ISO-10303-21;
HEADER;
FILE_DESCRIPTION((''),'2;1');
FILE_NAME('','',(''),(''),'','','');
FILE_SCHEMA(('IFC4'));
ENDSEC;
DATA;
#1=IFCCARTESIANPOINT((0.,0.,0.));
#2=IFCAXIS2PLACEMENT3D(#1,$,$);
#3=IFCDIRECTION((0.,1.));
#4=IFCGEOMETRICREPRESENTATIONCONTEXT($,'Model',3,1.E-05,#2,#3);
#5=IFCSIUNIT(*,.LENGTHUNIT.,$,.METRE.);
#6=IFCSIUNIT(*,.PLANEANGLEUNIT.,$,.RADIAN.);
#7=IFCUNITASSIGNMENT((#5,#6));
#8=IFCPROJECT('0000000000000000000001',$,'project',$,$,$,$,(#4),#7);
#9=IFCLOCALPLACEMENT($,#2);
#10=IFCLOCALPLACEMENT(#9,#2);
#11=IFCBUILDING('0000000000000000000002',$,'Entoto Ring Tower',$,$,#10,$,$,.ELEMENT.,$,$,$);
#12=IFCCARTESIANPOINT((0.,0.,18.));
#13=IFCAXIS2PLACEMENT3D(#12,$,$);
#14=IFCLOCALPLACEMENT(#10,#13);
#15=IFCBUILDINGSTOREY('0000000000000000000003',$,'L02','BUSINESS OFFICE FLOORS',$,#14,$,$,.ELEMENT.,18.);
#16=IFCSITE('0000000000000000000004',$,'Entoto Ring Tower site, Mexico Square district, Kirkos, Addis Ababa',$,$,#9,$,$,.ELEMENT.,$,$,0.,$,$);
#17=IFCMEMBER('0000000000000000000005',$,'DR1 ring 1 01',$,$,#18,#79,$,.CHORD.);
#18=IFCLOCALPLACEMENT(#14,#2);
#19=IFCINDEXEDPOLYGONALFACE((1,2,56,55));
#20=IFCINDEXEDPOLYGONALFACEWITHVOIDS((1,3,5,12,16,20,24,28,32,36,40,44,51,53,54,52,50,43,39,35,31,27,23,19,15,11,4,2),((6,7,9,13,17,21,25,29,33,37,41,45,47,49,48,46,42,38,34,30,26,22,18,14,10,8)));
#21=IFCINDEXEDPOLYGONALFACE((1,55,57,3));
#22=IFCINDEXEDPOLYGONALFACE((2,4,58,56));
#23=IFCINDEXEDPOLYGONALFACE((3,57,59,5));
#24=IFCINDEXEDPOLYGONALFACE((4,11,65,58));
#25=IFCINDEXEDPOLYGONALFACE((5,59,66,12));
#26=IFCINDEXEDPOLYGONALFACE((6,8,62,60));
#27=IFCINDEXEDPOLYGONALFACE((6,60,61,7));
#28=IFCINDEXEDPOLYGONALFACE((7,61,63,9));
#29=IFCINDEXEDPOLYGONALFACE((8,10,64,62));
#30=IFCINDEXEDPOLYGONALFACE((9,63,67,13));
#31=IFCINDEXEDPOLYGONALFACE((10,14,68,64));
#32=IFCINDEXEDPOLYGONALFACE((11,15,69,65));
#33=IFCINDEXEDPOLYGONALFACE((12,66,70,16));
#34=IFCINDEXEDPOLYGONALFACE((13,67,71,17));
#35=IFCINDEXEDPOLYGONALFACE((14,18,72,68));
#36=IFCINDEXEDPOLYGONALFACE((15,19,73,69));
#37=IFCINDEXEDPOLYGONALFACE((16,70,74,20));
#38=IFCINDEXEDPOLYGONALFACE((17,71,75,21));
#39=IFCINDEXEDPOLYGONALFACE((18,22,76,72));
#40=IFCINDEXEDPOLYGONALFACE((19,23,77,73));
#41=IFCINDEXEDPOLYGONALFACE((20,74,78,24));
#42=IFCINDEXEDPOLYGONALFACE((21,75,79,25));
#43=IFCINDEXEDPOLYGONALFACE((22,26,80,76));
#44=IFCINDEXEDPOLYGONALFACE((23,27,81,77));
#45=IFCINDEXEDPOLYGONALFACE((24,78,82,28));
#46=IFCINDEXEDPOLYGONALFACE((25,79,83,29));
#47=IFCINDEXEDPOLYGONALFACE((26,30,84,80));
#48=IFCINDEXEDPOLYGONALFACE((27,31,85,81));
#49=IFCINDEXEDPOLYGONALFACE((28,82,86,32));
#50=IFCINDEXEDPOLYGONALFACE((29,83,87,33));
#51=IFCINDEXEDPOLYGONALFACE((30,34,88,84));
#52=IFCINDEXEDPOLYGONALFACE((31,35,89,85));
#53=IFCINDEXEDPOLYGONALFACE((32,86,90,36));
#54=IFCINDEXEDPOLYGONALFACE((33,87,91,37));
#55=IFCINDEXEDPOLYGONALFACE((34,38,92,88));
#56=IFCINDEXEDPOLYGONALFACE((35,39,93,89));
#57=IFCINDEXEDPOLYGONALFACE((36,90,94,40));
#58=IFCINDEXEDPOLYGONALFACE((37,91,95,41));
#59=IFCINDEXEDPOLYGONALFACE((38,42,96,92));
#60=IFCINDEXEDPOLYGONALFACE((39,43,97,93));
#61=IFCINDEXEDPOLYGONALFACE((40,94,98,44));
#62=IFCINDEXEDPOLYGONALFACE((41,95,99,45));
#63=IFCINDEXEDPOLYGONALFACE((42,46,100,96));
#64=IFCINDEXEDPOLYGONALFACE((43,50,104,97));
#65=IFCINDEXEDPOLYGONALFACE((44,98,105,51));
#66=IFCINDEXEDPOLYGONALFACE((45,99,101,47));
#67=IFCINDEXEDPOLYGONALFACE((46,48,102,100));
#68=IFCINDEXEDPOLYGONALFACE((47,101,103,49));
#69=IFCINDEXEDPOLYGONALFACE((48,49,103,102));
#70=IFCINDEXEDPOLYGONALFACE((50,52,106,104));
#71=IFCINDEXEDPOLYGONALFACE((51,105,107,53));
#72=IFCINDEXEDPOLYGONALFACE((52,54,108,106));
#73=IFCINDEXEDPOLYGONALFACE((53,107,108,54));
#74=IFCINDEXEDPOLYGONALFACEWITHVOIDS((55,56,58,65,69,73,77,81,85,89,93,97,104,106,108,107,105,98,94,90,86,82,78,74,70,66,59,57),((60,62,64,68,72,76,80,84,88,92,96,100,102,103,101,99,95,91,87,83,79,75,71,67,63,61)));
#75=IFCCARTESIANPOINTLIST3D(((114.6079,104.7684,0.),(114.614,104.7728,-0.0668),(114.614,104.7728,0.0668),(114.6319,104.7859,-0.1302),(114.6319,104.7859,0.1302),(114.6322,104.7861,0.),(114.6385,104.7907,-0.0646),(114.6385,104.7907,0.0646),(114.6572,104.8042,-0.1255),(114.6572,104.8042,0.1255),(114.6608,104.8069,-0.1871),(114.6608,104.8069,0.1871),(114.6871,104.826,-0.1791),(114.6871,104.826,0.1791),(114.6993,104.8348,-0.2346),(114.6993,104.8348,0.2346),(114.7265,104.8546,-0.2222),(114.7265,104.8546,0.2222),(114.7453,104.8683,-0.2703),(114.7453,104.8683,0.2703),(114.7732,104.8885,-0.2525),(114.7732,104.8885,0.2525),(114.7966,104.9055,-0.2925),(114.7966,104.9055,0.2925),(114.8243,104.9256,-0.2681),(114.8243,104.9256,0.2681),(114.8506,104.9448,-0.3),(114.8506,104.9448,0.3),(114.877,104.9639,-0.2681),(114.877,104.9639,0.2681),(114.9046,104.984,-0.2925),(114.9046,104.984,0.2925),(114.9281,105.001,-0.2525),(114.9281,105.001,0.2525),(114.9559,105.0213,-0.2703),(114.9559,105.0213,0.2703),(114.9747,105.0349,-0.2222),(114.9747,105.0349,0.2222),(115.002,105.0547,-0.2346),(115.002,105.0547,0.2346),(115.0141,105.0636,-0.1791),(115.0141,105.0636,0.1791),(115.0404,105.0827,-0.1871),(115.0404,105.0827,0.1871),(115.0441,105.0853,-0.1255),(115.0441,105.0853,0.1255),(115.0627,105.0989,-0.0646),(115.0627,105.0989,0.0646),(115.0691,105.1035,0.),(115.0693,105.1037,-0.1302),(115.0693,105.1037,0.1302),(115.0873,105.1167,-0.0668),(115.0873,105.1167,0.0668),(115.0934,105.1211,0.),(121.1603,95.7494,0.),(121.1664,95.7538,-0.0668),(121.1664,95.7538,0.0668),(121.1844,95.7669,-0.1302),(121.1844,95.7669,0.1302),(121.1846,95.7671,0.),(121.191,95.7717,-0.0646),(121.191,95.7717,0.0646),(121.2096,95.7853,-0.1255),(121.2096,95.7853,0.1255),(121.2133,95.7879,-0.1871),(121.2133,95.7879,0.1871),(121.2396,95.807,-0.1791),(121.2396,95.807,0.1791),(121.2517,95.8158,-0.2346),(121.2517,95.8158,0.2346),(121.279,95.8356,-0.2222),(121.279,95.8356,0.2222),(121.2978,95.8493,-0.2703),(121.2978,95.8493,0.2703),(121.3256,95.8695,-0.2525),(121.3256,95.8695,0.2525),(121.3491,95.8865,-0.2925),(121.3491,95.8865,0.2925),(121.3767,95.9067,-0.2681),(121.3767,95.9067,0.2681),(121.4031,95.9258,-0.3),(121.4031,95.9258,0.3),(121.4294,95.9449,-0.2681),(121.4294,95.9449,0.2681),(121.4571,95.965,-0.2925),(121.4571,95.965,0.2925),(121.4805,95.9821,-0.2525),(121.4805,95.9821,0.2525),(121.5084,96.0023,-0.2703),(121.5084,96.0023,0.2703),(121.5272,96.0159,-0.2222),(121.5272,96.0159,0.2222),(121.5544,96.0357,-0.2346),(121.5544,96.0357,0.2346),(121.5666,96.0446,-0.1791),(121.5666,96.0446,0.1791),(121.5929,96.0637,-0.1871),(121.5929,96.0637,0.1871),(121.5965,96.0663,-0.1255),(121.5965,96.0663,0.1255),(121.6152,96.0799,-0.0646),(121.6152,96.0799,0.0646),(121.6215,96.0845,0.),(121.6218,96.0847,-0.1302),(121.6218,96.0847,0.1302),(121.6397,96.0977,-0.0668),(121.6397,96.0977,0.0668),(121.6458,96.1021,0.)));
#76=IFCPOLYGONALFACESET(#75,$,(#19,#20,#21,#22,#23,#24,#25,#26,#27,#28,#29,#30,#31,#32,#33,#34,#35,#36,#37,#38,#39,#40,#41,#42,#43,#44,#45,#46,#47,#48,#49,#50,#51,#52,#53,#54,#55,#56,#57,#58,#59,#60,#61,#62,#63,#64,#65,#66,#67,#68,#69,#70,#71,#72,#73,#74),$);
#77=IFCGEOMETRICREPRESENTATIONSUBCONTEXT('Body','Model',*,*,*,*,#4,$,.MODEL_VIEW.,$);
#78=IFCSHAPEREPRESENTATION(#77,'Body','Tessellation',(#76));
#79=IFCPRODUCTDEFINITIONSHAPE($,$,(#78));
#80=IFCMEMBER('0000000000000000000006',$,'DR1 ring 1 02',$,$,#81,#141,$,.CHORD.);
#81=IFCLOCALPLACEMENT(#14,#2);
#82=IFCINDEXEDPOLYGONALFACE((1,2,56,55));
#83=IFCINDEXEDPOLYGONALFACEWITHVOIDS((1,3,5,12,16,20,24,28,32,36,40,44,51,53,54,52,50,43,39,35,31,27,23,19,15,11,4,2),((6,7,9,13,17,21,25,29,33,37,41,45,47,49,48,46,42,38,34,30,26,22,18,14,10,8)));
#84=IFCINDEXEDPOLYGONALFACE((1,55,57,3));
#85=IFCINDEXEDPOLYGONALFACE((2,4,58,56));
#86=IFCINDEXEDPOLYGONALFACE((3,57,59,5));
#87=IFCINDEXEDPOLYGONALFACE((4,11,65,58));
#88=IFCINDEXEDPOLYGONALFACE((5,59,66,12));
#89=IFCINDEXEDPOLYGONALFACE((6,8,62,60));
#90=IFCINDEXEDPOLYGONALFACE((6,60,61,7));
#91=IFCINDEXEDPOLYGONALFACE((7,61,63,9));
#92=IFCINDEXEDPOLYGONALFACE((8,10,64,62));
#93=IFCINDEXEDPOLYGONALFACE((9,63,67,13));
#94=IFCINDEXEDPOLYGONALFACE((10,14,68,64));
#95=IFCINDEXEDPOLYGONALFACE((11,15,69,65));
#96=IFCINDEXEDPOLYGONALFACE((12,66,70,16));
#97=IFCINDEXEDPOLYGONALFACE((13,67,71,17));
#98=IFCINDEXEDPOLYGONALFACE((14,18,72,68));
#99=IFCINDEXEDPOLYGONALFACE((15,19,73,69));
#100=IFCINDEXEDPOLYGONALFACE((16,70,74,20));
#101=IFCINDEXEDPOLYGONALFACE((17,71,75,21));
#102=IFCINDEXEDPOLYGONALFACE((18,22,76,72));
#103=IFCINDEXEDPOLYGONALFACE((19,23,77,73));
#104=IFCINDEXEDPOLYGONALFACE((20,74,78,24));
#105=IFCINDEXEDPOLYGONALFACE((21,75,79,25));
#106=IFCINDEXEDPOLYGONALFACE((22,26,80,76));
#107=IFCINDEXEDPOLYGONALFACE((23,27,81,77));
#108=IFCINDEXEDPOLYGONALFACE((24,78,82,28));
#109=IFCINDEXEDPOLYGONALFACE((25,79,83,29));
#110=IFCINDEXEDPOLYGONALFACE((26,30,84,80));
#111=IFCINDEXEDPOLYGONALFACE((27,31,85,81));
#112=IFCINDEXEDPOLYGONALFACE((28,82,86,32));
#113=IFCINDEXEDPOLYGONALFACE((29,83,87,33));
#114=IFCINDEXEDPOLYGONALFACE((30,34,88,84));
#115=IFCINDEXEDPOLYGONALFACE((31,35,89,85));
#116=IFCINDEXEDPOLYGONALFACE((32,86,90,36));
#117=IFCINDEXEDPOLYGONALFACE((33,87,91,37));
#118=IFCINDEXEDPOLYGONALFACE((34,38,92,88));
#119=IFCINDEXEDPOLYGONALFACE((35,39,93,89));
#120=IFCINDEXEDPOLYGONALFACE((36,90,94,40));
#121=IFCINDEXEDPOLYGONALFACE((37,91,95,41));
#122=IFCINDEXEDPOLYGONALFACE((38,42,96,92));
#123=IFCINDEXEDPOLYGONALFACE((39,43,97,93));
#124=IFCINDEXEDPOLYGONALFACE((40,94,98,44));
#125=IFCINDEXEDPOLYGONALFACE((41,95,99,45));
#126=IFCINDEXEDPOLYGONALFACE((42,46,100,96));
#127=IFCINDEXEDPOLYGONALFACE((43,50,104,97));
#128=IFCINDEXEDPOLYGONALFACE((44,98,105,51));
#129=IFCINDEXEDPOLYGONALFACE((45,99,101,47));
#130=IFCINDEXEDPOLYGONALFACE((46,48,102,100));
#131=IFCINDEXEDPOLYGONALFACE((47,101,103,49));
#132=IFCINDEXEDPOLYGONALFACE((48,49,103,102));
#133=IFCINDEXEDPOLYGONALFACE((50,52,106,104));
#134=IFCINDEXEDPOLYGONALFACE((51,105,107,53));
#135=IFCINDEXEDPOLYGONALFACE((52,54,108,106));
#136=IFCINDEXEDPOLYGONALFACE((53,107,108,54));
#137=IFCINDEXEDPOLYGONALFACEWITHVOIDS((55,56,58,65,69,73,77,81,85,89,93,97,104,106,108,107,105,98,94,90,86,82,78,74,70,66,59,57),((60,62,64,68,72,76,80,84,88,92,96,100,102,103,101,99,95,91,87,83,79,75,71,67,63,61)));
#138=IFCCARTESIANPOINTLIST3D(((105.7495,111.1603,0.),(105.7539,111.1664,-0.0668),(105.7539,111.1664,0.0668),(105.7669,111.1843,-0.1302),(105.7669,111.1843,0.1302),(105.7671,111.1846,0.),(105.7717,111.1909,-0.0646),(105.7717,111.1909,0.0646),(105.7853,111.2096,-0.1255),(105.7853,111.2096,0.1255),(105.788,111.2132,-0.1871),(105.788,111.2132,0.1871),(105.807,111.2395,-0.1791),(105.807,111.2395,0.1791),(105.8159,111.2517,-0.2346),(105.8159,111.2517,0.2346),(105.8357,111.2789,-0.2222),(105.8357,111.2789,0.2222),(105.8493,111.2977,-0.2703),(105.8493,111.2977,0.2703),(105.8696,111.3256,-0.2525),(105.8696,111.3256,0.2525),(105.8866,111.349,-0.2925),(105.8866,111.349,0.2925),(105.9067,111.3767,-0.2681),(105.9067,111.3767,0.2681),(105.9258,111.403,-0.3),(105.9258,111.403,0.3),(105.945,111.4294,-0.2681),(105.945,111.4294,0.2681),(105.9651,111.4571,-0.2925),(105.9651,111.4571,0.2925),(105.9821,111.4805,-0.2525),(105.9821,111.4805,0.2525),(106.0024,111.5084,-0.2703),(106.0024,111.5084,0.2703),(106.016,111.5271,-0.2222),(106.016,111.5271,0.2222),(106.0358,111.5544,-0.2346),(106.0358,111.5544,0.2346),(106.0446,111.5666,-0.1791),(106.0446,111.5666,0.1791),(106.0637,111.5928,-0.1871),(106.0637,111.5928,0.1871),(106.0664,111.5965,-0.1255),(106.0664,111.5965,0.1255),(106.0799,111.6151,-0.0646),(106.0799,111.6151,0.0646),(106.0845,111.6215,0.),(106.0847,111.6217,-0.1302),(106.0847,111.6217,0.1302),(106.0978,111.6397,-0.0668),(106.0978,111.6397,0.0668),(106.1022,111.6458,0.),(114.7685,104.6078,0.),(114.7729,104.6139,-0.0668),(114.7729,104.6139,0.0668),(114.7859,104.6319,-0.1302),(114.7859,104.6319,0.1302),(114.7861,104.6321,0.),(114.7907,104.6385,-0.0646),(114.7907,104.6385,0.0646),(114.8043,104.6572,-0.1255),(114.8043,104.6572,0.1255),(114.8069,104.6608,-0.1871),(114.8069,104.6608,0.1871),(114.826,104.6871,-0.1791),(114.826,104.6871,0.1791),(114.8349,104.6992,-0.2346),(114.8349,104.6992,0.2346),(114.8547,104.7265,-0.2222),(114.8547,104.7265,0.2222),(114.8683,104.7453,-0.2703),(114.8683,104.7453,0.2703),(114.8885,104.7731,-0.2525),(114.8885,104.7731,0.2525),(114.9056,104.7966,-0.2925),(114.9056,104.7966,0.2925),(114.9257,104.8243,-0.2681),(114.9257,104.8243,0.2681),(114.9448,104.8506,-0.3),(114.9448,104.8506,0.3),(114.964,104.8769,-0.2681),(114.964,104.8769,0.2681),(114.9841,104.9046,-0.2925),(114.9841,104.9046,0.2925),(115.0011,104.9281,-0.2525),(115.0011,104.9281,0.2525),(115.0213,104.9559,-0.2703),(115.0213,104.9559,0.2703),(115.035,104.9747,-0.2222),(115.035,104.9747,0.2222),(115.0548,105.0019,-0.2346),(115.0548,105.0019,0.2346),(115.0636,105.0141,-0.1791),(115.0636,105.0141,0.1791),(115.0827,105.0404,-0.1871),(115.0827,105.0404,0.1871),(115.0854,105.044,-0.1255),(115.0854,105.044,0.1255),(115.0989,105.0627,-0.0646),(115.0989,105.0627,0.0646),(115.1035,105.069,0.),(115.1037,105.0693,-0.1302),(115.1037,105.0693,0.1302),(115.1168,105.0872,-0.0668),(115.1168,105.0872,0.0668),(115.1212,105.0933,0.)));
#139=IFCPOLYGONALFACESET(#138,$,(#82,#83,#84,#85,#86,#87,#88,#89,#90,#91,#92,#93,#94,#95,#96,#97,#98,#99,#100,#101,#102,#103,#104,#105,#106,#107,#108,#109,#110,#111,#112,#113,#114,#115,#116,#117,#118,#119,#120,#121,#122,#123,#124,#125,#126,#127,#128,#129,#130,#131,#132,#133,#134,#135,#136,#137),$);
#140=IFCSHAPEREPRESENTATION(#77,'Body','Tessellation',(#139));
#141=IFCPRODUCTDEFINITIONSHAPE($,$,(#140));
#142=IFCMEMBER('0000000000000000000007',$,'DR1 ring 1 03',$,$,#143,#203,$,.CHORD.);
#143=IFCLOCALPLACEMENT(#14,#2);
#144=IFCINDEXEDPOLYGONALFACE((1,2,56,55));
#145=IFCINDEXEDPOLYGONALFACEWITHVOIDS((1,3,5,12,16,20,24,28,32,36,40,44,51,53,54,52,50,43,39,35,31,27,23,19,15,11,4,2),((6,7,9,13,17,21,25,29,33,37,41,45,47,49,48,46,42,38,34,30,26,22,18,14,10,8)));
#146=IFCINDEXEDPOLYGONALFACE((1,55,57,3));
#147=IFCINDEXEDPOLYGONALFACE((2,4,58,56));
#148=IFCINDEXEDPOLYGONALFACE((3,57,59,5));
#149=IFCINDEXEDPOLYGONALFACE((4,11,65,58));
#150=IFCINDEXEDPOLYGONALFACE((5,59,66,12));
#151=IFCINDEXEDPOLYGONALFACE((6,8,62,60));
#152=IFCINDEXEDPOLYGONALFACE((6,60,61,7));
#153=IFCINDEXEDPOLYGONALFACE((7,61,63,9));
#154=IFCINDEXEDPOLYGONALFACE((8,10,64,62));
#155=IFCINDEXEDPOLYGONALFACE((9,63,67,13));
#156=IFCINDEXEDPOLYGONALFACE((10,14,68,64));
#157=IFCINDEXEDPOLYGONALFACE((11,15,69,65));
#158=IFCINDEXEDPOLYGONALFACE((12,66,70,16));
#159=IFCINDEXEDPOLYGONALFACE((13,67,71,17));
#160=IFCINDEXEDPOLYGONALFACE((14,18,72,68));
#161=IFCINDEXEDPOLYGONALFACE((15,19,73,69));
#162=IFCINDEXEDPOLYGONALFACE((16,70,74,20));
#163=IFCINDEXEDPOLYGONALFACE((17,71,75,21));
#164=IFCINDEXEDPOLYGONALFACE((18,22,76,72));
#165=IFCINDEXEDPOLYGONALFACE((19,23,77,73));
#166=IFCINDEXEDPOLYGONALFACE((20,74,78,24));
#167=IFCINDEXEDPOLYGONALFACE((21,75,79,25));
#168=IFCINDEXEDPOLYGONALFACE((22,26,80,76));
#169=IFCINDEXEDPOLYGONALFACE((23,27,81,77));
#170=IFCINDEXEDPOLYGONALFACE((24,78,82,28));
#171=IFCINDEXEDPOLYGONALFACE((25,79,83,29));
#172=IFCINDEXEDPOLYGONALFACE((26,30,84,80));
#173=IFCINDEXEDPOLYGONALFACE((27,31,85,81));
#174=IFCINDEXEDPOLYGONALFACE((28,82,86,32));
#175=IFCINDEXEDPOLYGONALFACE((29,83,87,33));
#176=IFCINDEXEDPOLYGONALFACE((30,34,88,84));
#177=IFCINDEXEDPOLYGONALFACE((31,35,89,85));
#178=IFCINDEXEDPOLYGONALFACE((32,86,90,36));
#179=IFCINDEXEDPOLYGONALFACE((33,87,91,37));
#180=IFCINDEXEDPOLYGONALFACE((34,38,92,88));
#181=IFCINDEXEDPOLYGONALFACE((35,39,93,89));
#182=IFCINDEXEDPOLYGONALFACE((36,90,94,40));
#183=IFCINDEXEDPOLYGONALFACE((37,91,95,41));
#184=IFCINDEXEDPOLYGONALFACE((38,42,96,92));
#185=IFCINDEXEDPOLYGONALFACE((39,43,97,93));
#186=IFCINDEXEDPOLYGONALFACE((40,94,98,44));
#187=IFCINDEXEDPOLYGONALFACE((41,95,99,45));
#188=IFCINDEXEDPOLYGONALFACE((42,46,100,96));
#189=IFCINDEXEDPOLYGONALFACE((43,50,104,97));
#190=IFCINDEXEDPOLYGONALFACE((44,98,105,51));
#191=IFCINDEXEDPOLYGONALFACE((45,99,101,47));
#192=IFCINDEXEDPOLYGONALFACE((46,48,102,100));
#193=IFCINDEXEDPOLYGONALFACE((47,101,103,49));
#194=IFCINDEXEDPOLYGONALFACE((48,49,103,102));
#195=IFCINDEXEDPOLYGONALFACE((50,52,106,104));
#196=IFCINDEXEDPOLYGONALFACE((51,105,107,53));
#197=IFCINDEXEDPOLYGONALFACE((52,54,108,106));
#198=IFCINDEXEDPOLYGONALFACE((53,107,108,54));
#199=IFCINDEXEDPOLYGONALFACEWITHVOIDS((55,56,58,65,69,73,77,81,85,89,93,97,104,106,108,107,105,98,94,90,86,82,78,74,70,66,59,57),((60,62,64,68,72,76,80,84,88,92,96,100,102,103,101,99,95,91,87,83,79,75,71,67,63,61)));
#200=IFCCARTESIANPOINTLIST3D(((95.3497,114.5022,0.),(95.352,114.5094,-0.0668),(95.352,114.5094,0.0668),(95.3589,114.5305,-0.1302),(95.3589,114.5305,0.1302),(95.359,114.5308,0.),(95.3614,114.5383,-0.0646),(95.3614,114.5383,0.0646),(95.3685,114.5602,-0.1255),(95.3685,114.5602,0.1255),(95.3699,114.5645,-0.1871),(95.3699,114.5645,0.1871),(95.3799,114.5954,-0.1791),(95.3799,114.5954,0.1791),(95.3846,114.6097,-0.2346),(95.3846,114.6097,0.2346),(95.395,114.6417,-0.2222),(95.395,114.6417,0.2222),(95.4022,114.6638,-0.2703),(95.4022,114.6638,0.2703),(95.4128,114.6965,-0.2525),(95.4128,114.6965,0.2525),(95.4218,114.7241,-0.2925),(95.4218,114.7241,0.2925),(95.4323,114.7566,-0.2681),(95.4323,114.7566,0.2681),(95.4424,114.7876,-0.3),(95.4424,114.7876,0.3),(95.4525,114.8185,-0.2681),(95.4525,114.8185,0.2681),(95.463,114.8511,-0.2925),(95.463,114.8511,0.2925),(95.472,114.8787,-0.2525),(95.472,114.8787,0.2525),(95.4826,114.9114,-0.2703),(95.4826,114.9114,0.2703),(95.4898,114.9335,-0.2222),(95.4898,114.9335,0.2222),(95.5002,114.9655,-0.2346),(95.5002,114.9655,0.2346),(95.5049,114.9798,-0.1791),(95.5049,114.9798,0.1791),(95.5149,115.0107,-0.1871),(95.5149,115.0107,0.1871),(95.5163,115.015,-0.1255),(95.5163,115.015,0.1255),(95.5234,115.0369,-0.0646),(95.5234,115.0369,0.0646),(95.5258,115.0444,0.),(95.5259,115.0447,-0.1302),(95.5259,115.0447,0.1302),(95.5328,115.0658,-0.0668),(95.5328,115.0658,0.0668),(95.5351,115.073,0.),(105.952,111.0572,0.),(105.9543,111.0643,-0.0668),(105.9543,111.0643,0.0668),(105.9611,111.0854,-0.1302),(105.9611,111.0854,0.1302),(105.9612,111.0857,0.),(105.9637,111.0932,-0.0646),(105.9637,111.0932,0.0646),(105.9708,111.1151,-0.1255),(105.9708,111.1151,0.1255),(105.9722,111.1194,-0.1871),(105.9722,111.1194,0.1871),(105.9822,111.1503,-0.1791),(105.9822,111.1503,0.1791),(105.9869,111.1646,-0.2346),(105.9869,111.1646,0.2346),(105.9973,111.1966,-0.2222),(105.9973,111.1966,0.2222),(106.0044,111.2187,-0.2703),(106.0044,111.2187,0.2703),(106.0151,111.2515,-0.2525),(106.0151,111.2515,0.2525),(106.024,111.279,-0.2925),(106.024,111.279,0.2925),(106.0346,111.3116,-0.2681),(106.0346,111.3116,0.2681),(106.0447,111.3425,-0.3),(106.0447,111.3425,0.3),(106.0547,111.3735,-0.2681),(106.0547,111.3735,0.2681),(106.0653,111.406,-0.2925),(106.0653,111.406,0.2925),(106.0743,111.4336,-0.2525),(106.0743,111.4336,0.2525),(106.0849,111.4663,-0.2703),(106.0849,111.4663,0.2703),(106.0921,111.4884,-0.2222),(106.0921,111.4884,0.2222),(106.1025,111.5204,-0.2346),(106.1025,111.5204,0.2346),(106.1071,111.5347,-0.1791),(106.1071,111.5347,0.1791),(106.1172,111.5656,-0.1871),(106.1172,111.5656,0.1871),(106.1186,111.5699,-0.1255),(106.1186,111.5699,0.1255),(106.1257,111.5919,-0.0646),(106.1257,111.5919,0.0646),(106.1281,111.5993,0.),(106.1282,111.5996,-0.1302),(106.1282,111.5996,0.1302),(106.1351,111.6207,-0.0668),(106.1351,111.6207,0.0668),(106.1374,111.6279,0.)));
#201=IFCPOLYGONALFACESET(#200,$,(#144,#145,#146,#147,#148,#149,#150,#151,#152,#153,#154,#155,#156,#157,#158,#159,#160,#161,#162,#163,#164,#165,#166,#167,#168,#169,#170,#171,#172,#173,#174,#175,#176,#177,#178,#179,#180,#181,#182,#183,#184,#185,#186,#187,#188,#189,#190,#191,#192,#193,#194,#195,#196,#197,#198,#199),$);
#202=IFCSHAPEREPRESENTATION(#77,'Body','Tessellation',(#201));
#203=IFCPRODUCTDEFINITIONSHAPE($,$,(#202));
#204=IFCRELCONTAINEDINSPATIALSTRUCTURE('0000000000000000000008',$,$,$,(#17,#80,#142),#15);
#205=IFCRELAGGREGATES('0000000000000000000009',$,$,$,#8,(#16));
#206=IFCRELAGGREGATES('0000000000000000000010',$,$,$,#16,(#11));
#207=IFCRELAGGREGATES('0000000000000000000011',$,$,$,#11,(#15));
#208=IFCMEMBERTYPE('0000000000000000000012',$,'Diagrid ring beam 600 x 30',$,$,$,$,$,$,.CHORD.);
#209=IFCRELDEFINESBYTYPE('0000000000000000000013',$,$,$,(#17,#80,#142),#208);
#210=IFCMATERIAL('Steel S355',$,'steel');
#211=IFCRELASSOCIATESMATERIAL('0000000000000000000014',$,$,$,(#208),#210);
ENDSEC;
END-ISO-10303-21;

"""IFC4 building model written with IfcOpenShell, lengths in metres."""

from ifc_helpers import new_model, si_unit, direction, frame, origin, origin_2d, place, context, subcontext, project, spatial, circle, hollow_circle, extrude, material, material_profile, profile_set, type_object, element, save


model = new_model("IFC4")

# Units and contexts
model_context = context("Model", 3, precision=1e-05, world=origin(), true_north=direction((0.0, 1.0)))
body_context = subcontext(model_context, "Body", "Model", "MODEL_VIEW")
ifc_project = project(units=[si_unit("LENGTHUNIT", "METRE"), si_unit("PLANEANGLEUNIT", "RADIAN")], contexts=[model_context])

# Site, building, storey
site_placement = place(None, origin())
site = spatial("IfcSite", under=ifc_project, at=site_placement, Name="Entoto Ring Tower site, Mexico Square district, Kirkos, Addis Ababa", CompositionType="ELEMENT", RefElevation=0.0)
building_placement = place(site_placement, origin())
building = spatial("IfcBuilding", under=site, at=building_placement, Name="Entoto Ring Tower", CompositionType="ELEMENT")
storey_placement = place(building_placement, frame((0.0, 0.0, 18.0)))
storey = spatial("IfcBuildingStorey", under=building, at=storey_placement, Name="L02", Description="BUSINESS OFFICE FLOORS", CompositionType="ELEMENT", Elevation=18.0)

# Members
ifc_material_1 = material(Name="Steel S355", Category="steel")
ifc_material_profile_1 = material_profile(ifc_material_1, hollow_circle(Radius=0.3, WallThickness=0.03, at=origin_2d()), Name="CHS 600 x 30")
ifc_material_2 = material(Name="Concrete C60/75", Category="concrete")
ifc_material_profile_2 = material_profile(ifc_material_2, circle(Radius=0.27, at=origin_2d()), Name="Concrete C60/75 infill")
ifc_profile_set_1 = profile_set([ifc_material_profile_1, ifc_material_profile_2], Name="Steel S355")
member_type_1 = type_object("IfcMemberType", Name="Diagrid ring beam 600 x 30", PredefinedType="CHORD", material=ifc_profile_set_1)
for number, where, z_axis, x_axis, name in (
    (1, (121.4031, 95.9258, 0.0), (-0.587772, 0.809027, 0.0), (-0.809027, -0.587772, 0.0), "DR1 ring 1 01"),
    (2, (114.9448, 104.8506, 0.0), (-0.809027, 0.587772, 0.0), (-0.587772, -0.809027, 0.0), "DR1 ring 1 02"),
    (3, (106.0447, 111.3425, 0.0), (-0.951052, 0.309031, 0.0), (-0.309031, -0.951052, 0.0), "DR1 ring 1 03"),
):
    element("IfcMember", number, at=place(storey_placement, frame(where, z_axis=z_axis, x_axis=x_axis)), inside=storey, type_object=member_type_1, Name=name, PredefinedType="CHORD", context=body_context, shape_type="SweptSolid", body=[
        extrude(hollow_circle(Radius=0.3, WallThickness=0.03, at=origin_2d()), origin(), (0.0, 0.0, 1.0), 11.1479),
    ])

save(model, "model.ifc")
